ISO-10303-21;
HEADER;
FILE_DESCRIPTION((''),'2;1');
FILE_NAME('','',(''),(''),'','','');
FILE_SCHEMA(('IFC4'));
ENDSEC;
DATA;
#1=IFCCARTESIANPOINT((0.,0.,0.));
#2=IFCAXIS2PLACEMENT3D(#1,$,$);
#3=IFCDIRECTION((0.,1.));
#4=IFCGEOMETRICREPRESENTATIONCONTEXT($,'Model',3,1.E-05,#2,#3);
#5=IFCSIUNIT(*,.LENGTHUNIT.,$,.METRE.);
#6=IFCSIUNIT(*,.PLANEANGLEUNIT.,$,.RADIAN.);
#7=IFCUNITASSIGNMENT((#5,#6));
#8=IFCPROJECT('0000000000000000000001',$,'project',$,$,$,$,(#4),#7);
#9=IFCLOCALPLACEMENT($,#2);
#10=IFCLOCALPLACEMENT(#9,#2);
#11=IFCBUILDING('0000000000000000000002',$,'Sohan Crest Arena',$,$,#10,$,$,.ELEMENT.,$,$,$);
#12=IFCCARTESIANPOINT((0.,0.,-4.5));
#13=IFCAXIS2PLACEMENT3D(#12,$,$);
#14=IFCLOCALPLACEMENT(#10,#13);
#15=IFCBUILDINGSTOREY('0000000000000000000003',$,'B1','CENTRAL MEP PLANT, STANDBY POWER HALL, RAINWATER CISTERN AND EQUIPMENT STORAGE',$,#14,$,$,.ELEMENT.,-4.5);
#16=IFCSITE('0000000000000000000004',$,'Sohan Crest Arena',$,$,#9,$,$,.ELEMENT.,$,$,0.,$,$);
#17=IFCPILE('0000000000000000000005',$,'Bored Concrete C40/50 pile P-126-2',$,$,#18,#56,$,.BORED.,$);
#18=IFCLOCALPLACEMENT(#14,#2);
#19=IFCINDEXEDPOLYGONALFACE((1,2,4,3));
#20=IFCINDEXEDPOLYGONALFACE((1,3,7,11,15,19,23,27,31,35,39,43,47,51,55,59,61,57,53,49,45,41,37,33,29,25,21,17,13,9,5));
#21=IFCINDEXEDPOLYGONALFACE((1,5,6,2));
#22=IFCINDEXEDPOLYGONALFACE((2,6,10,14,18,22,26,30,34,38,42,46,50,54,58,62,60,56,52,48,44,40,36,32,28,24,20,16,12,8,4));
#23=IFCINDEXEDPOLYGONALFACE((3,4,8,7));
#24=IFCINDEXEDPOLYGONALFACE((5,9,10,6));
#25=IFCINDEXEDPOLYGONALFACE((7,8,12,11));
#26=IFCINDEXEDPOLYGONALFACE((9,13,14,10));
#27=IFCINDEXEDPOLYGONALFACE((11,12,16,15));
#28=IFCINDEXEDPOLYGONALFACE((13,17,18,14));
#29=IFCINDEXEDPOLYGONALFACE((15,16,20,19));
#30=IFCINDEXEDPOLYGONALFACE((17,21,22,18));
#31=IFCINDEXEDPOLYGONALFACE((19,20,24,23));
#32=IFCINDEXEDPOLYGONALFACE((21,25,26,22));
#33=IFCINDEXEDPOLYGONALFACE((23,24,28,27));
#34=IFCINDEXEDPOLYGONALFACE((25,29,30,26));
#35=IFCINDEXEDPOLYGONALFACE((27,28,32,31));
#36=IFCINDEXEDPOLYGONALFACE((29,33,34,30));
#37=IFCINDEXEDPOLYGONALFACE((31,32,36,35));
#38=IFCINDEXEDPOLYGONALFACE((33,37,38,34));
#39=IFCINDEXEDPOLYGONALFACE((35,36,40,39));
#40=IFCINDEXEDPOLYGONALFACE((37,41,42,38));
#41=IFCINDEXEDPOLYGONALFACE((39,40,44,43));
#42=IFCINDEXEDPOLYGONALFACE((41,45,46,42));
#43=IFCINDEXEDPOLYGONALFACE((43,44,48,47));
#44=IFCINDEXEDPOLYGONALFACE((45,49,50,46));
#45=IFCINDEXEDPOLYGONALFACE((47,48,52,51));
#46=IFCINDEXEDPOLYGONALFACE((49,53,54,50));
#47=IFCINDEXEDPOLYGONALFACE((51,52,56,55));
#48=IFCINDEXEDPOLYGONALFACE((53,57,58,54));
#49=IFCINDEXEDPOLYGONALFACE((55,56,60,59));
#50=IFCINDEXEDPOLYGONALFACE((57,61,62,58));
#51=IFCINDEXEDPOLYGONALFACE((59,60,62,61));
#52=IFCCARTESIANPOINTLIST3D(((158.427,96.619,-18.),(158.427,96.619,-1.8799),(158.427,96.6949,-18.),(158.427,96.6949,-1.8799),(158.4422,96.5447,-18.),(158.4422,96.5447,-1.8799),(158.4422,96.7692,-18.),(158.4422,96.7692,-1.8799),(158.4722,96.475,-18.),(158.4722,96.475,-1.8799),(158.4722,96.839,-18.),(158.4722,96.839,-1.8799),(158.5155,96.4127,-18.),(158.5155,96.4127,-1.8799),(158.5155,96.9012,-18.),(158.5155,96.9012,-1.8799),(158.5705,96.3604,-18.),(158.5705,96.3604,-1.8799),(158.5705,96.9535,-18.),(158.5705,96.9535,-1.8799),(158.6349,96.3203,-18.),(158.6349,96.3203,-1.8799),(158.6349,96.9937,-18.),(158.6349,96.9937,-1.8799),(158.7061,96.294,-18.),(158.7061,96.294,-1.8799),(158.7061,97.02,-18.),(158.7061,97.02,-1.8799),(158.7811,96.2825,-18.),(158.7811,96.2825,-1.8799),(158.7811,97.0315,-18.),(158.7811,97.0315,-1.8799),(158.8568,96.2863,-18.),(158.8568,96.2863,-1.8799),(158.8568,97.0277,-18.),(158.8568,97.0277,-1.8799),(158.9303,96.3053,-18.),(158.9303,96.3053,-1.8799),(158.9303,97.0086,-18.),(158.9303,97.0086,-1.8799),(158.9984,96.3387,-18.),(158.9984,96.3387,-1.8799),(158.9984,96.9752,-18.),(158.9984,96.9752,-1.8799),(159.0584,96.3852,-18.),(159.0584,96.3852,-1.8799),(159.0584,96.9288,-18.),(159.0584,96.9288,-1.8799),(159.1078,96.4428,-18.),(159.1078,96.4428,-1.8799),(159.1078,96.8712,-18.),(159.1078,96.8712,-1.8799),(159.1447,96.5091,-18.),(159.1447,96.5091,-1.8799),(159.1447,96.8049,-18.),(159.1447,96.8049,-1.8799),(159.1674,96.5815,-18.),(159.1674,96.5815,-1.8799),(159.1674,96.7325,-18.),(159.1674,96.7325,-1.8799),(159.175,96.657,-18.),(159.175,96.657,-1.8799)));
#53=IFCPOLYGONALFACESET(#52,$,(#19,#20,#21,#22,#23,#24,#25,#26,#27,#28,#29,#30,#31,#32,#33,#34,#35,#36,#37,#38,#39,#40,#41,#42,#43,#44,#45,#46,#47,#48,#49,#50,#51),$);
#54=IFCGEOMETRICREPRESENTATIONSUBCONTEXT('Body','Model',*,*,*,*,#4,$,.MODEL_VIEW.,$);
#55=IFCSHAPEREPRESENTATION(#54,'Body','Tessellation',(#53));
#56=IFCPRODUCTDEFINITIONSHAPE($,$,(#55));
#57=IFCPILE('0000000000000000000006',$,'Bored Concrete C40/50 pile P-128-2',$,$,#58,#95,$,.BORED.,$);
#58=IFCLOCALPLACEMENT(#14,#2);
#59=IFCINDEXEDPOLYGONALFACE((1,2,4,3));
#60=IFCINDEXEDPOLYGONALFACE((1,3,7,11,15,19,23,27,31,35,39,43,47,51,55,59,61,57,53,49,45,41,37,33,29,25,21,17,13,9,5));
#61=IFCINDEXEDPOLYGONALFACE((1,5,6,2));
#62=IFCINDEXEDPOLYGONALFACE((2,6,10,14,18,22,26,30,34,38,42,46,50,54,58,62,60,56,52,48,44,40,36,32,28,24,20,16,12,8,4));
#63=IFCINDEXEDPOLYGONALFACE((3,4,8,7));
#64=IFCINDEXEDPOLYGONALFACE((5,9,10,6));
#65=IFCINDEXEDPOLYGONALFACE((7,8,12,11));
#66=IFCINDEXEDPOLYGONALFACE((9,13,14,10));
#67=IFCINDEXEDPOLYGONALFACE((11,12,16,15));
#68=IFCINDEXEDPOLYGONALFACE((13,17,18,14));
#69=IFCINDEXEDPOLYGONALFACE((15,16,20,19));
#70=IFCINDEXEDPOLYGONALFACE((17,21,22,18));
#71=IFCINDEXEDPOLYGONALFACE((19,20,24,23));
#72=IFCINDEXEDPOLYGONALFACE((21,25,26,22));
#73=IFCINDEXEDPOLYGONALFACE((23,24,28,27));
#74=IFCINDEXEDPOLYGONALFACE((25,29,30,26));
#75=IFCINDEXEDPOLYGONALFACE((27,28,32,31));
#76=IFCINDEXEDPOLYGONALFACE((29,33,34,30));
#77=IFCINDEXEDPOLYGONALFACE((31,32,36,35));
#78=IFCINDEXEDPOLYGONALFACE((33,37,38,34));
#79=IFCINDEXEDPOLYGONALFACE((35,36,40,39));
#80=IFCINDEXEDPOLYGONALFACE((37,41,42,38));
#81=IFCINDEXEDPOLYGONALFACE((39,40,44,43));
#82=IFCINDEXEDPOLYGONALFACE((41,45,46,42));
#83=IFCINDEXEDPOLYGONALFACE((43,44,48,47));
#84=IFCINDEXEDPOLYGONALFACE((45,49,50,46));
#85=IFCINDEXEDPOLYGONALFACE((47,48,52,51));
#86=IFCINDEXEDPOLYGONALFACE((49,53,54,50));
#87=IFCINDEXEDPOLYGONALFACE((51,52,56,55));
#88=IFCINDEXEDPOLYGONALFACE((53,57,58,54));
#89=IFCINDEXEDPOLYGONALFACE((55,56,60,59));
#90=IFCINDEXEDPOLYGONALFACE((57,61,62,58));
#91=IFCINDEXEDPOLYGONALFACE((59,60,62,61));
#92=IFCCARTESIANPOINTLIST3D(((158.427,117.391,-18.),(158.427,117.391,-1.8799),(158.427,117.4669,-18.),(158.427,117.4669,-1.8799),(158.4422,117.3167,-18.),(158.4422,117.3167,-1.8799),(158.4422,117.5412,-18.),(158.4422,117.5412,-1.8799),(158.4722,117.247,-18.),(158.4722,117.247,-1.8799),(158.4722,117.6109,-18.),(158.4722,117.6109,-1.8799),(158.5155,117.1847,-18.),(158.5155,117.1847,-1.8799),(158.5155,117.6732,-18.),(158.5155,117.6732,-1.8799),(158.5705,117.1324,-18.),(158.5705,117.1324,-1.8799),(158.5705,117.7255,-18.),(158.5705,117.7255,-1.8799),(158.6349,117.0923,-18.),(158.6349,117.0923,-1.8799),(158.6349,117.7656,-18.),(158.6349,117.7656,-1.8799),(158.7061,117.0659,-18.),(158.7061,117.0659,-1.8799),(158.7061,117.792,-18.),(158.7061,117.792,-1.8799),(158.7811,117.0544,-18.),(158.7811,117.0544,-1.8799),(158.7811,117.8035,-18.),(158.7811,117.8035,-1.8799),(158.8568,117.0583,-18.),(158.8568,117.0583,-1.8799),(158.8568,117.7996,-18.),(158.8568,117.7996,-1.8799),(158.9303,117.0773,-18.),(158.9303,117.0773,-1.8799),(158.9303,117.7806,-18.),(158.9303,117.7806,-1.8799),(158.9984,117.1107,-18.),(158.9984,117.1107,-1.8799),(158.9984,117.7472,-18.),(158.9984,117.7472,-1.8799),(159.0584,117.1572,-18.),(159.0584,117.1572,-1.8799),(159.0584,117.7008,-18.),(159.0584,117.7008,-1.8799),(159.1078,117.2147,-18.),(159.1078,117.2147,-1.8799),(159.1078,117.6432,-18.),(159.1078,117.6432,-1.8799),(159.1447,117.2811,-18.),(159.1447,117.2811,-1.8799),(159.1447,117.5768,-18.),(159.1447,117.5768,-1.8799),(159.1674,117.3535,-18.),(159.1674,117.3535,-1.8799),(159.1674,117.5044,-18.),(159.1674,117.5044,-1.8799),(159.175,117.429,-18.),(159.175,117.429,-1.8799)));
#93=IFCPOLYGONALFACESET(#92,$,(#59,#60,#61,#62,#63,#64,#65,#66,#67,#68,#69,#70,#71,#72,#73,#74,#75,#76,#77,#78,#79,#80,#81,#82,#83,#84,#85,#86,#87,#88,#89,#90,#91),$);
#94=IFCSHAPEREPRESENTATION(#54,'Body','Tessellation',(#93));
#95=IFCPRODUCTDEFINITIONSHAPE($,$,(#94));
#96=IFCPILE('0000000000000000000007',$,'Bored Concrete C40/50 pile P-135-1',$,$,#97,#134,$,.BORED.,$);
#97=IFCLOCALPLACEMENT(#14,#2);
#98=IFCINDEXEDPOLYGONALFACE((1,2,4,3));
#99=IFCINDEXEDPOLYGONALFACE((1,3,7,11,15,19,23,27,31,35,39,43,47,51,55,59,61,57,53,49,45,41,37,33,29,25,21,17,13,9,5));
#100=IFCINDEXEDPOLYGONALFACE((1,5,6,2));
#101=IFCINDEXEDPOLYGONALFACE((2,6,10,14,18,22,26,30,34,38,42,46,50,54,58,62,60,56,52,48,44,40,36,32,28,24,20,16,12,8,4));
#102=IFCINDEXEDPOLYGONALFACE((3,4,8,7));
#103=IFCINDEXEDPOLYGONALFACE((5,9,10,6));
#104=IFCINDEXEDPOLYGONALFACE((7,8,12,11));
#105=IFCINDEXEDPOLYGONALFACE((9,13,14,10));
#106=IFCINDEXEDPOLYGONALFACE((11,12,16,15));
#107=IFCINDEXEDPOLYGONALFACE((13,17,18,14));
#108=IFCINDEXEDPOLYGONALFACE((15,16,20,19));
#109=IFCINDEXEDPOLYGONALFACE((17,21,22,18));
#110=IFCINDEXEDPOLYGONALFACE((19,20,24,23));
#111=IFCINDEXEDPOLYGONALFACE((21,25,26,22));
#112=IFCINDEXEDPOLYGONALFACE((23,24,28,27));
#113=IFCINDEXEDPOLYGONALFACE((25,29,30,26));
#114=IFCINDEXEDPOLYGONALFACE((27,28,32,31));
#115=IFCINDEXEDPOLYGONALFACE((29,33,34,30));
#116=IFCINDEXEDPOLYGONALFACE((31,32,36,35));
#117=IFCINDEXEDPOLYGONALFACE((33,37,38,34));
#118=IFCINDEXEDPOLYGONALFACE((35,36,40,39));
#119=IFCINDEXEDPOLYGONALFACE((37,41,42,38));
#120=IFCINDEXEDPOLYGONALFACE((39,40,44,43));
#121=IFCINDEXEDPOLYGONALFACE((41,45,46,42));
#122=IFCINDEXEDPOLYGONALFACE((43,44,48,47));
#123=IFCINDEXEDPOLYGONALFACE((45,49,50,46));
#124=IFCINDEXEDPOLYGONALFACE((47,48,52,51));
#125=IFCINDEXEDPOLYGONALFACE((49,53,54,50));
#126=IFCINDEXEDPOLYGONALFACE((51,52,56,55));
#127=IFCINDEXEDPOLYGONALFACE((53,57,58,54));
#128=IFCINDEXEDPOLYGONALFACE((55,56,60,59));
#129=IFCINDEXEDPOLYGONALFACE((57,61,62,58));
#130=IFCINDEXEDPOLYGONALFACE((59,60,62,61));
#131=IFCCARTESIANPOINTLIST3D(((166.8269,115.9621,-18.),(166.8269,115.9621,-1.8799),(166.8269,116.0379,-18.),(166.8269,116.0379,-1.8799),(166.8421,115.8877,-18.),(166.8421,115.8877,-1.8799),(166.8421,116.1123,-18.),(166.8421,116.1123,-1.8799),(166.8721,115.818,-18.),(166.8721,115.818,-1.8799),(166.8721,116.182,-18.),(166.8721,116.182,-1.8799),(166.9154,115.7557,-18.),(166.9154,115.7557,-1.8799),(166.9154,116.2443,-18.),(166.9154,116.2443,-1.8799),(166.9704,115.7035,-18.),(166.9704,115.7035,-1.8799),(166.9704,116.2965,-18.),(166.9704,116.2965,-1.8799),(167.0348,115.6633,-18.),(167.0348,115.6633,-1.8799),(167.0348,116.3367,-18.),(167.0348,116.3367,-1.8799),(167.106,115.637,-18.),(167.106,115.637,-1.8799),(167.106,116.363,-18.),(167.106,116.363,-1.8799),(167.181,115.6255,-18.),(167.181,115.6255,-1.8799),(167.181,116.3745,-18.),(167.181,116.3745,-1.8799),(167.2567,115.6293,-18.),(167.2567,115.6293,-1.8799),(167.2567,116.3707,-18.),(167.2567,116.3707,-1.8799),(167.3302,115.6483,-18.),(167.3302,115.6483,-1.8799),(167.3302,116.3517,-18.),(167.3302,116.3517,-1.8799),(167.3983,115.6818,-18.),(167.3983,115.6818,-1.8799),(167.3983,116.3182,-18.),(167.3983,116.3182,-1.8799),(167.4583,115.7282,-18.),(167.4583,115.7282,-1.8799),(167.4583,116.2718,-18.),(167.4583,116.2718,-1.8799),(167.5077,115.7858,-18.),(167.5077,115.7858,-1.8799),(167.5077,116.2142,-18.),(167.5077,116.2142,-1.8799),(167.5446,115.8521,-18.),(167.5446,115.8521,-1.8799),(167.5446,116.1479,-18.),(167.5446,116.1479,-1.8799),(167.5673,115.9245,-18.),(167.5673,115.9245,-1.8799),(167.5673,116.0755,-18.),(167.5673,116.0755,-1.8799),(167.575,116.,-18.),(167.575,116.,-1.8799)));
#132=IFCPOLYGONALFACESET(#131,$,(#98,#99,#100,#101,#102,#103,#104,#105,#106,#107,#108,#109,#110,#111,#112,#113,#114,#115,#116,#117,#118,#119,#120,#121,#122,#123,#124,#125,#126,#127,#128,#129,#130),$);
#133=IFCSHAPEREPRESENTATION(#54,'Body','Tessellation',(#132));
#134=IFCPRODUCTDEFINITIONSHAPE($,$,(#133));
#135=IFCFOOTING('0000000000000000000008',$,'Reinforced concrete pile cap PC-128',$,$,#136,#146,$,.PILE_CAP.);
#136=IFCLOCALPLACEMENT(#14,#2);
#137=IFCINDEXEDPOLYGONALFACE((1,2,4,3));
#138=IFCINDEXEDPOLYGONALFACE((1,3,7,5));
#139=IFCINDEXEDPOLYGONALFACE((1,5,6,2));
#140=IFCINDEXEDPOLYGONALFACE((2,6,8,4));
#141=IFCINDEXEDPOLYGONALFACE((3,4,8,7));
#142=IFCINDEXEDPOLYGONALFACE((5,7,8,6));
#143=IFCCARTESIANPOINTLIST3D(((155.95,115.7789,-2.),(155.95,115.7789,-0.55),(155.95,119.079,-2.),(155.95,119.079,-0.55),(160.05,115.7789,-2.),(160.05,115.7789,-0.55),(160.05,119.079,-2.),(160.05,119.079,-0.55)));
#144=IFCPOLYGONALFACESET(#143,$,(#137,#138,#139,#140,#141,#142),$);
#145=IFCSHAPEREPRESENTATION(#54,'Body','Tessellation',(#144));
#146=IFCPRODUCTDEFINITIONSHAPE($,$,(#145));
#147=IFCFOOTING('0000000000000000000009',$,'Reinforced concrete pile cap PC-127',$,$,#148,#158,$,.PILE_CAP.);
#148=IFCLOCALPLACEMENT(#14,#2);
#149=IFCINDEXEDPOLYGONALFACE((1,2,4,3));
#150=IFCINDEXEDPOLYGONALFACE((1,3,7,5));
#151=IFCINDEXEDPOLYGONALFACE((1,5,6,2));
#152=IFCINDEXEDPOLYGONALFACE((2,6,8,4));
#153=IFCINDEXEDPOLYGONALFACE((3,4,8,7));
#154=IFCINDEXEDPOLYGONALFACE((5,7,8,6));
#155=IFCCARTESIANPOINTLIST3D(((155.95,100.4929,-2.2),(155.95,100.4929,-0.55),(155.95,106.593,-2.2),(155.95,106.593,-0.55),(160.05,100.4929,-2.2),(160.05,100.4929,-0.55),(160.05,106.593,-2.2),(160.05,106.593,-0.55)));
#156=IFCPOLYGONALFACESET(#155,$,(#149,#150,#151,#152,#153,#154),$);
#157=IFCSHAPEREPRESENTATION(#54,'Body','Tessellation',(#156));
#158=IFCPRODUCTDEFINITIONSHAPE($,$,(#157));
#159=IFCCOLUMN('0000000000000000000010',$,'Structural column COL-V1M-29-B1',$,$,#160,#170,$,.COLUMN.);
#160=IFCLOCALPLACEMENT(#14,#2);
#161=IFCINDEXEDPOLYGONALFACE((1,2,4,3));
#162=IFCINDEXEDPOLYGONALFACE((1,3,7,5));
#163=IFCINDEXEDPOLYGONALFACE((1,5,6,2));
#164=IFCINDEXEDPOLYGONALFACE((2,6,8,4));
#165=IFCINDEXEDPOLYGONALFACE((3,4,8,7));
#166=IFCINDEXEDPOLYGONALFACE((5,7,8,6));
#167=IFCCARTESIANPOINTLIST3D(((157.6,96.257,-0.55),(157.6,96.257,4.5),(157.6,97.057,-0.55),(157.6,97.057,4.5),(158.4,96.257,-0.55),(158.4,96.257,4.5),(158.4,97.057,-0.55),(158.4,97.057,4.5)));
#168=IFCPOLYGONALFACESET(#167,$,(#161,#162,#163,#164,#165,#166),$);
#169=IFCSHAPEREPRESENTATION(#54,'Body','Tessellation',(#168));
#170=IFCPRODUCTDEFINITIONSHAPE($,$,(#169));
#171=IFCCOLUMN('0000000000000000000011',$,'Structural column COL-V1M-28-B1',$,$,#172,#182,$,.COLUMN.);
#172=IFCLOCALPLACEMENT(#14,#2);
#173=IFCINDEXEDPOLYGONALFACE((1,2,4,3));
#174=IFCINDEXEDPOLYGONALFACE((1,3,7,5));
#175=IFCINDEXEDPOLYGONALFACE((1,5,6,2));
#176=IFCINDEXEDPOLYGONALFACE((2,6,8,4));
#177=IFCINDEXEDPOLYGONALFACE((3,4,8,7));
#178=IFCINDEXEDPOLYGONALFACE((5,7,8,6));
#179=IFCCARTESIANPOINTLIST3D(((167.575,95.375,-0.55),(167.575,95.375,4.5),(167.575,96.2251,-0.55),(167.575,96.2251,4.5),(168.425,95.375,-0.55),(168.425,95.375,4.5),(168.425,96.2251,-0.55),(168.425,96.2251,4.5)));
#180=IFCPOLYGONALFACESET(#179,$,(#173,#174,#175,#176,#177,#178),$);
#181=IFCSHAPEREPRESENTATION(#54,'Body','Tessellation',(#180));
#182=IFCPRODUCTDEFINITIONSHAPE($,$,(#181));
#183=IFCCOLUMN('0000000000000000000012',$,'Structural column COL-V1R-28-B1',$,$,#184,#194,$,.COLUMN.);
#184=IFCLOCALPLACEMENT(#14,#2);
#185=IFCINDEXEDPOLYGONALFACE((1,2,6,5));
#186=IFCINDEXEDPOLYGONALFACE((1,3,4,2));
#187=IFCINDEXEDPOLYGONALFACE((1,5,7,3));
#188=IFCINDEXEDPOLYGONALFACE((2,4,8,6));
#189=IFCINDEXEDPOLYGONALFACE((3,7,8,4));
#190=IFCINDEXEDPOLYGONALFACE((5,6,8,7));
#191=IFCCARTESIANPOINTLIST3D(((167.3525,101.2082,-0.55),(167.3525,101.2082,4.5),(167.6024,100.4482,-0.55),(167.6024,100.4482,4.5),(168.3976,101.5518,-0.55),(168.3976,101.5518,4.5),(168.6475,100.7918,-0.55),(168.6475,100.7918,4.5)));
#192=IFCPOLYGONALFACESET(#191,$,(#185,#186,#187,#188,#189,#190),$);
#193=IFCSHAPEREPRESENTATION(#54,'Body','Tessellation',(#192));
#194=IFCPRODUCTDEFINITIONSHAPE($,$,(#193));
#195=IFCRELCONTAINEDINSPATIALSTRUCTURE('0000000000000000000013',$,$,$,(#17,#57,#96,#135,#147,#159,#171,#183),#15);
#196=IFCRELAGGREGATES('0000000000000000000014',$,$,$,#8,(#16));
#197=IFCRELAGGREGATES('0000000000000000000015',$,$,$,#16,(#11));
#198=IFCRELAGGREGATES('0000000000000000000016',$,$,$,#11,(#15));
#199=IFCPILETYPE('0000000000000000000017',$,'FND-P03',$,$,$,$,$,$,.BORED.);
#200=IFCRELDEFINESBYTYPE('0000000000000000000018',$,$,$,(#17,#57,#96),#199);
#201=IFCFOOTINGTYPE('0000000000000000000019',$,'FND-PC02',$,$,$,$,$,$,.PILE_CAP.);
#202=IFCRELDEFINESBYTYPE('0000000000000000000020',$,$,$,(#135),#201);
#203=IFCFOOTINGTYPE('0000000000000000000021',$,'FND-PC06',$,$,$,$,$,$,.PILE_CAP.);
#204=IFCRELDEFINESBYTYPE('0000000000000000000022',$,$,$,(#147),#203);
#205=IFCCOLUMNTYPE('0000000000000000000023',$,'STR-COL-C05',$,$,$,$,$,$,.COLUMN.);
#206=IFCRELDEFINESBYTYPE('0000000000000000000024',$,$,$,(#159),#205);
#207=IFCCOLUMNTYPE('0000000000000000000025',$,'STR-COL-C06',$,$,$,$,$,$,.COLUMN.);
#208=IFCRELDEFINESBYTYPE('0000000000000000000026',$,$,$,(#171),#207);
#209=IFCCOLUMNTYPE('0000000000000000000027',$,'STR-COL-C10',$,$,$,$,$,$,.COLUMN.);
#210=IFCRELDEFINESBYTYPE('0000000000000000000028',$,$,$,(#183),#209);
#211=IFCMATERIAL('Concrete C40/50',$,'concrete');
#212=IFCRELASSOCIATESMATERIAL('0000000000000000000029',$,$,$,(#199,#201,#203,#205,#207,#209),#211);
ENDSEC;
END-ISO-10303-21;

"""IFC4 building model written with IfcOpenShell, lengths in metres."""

from ifc_helpers import new_model, si_unit, direction, frame, origin, origin_2d, place, context, subcontext, project, spatial, rectangle, circle, extrude, material, material_profile, profile_set, type_object, element, save


model = new_model("IFC4")

# Units and contexts
model_context = context("Model", 3, precision=1e-05, world=origin(), true_north=direction((0.0, 1.0)))
body_context = subcontext(model_context, "Body", "Model", "MODEL_VIEW")
ifc_project = project(units=[si_unit("LENGTHUNIT", "METRE"), si_unit("PLANEANGLEUNIT", "RADIAN")], contexts=[model_context])

# Site, building, storey
site_placement = place(None, origin())
site = spatial("IfcSite", under=ifc_project, at=site_placement, Name="Sohan Crest Arena", CompositionType="ELEMENT", RefElevation=0.0)
building_placement = place(site_placement, origin())
building = spatial("IfcBuilding", under=site, at=building_placement, Name="Sohan Crest Arena", CompositionType="ELEMENT")
storey_placement = place(building_placement, frame((0.0, 0.0, -4.5)))
storey = spatial("IfcBuildingStorey", under=building, at=storey_placement, Name="B1", Description="CENTRAL MEP PLANT, STANDBY POWER HALL, RAINWATER CISTERN AND EQUIPMENT STORAGE", CompositionType="ELEMENT", Elevation=-4.5)

# Shared definitions
ifc_material_1 = material(Name="Concrete C40/50", Category="concrete")

# Piles
ifc_material_profile_1 = material_profile(ifc_material_1, circle(Radius=0.375, at=origin_2d()), Name="PILE D750")
ifc_profile_set_1 = profile_set([ifc_material_profile_1], Name="Concrete C40/50")
pile_type_1 = type_object("IfcPileType", Name="FND-P03", PredefinedType="BORED", material=ifc_profile_set_1)
for number, where, z_axis, x_axis, name in (
    (1, (158.8, 96.657, -18.0), (0.0, 0.0, 1.0), (1.0, 0.0, 0.0), "Bored Concrete C40/50 pile P-126-2"),
    (2, (158.8, 117.429, -18.0), (0.0, 0.0, 1.0), (1.0, 0.0, 0.0), "Bored Concrete C40/50 pile P-128-2"),
    (3, (167.2, 116.0, -18.0), (0.0, 0.0, 1.0), (1.0, 0.0, 0.0), "Bored Concrete C40/50 pile P-135-1"),
):
    element("IfcPile", number, at=place(storey_placement, frame(where, z_axis=z_axis, x_axis=x_axis)), inside=storey, type_object=pile_type_1, Name=name, PredefinedType="BORED", context=body_context, shape_type="SweptSolid", body=[
        extrude(circle(Radius=0.375, at=origin_2d()), origin(), (0.0, 0.0, 1.0), 16.1201),
    ])

# Footings
footing_type_1 = type_object("IfcFootingType", Name="FND-PC02", PredefinedType="PILE_CAP", material=ifc_material_1)
footing_1_placement = place(storey_placement, frame((158.0, 117.429, -2.0), z_axis=(0.0, 0.0, 1.0), x_axis=(1.0, 0.0, 0.0)))
element("IfcFooting", 4, at=footing_1_placement, inside=storey, type_object=footing_type_1, Name="Reinforced concrete pile cap PC-128", PredefinedType="PILE_CAP", context=body_context, shape_type="SweptSolid", body=[
    extrude(rectangle(XDim=4.1001, YDim=3.3, at=origin_2d()), origin(), (0.0, 0.0, 1.0), 1.45),
])
footing_type_2 = type_object("IfcFootingType", Name="FND-PC06", PredefinedType="PILE_CAP", material=ifc_material_1)
footing_2_placement = place(storey_placement, frame((158.0, 103.543, -2.2), z_axis=(0.0, 0.0, 1.0), x_axis=(0.0, 1.0, 0.0)))
element("IfcFooting", 5, at=footing_2_placement, inside=storey, type_object=footing_type_2, Name="Reinforced concrete pile cap PC-127", PredefinedType="PILE_CAP", context=body_context, shape_type="SweptSolid", body=[
    extrude(rectangle(XDim=6.1001, YDim=4.1001, at=origin_2d()), origin(), (0.0, 0.0, 1.0), 1.6499),
])

# Columns
ifc_material_profile_2 = material_profile(ifc_material_1, rectangle(XDim=0.8, YDim=0.8, at=origin_2d()), Name="RC 800x800")
ifc_profile_set_2 = profile_set([ifc_material_profile_2], Name="Concrete C40/50")
column_type_1 = type_object("IfcColumnType", Name="STR-COL-C05", PredefinedType="COLUMN", material=ifc_profile_set_2)
column_1_placement = place(storey_placement, frame((158.0, 96.657, -0.55), z_axis=(0.0, 0.0, 1.0), x_axis=(1.0, 0.0, 0.0)))
element("IfcColumn", 6, at=column_1_placement, inside=storey, type_object=column_type_1, Name="Structural column COL-V1M-29-B1", PredefinedType="COLUMN", context=body_context, shape_type="SweptSolid", body=[
    extrude(rectangle(XDim=0.8, YDim=0.8, at=origin_2d()), origin(), (0.0, 0.0, 1.0), 5.05),
])
ifc_material_profile_3 = material_profile(ifc_material_1, rectangle(XDim=0.8501, YDim=0.8501, at=origin_2d()), Name="RC 850x850")
ifc_profile_set_3 = profile_set([ifc_material_profile_3], Name="Concrete C40/50")
column_type_2 = type_object("IfcColumnType", Name="STR-COL-C06", PredefinedType="COLUMN", material=ifc_profile_set_3)
column_2_placement = place(storey_placement, frame((168.0, 95.8, -0.55), z_axis=(0.0, 0.0, 1.0), x_axis=(1.0, 0.0, 0.0)))
element("IfcColumn", 7, at=column_2_placement, inside=storey, type_object=column_type_2, Name="Structural column COL-V1M-28-B1", PredefinedType="COLUMN", context=body_context, shape_type="SweptSolid", body=[
    extrude(rectangle(XDim=0.8501, YDim=0.8501, at=origin_2d()), origin(), (0.0, 0.0, 1.0), 5.05),
])
ifc_material_profile_4 = material_profile(ifc_material_1, rectangle(XDim=1.1001, YDim=0.8, at=origin_2d()), Name="RC 1100x800")
ifc_profile_set_4 = profile_set([ifc_material_profile_4], Name="Concrete C40/50")
column_type_3 = type_object("IfcColumnType", Name="STR-COL-C10", PredefinedType="COLUMN", material=ifc_profile_set_4)
column_3_placement = place(storey_placement, frame((168.0, 101.0, -0.55), z_axis=(0.0, 0.0, 1.0), x_axis=(0.949972, 0.312335, 0.0)))
element("IfcColumn", 8, at=column_3_placement, inside=storey, type_object=column_type_3, Name="Structural column COL-V1R-28-B1", PredefinedType="COLUMN", context=body_context, shape_type="SweptSolid", body=[
    extrude(rectangle(XDim=1.1001, YDim=0.8, at=origin_2d()), origin(), (0.0, 0.0, 1.0), 5.05),
])

save(model, "model.ifc")
